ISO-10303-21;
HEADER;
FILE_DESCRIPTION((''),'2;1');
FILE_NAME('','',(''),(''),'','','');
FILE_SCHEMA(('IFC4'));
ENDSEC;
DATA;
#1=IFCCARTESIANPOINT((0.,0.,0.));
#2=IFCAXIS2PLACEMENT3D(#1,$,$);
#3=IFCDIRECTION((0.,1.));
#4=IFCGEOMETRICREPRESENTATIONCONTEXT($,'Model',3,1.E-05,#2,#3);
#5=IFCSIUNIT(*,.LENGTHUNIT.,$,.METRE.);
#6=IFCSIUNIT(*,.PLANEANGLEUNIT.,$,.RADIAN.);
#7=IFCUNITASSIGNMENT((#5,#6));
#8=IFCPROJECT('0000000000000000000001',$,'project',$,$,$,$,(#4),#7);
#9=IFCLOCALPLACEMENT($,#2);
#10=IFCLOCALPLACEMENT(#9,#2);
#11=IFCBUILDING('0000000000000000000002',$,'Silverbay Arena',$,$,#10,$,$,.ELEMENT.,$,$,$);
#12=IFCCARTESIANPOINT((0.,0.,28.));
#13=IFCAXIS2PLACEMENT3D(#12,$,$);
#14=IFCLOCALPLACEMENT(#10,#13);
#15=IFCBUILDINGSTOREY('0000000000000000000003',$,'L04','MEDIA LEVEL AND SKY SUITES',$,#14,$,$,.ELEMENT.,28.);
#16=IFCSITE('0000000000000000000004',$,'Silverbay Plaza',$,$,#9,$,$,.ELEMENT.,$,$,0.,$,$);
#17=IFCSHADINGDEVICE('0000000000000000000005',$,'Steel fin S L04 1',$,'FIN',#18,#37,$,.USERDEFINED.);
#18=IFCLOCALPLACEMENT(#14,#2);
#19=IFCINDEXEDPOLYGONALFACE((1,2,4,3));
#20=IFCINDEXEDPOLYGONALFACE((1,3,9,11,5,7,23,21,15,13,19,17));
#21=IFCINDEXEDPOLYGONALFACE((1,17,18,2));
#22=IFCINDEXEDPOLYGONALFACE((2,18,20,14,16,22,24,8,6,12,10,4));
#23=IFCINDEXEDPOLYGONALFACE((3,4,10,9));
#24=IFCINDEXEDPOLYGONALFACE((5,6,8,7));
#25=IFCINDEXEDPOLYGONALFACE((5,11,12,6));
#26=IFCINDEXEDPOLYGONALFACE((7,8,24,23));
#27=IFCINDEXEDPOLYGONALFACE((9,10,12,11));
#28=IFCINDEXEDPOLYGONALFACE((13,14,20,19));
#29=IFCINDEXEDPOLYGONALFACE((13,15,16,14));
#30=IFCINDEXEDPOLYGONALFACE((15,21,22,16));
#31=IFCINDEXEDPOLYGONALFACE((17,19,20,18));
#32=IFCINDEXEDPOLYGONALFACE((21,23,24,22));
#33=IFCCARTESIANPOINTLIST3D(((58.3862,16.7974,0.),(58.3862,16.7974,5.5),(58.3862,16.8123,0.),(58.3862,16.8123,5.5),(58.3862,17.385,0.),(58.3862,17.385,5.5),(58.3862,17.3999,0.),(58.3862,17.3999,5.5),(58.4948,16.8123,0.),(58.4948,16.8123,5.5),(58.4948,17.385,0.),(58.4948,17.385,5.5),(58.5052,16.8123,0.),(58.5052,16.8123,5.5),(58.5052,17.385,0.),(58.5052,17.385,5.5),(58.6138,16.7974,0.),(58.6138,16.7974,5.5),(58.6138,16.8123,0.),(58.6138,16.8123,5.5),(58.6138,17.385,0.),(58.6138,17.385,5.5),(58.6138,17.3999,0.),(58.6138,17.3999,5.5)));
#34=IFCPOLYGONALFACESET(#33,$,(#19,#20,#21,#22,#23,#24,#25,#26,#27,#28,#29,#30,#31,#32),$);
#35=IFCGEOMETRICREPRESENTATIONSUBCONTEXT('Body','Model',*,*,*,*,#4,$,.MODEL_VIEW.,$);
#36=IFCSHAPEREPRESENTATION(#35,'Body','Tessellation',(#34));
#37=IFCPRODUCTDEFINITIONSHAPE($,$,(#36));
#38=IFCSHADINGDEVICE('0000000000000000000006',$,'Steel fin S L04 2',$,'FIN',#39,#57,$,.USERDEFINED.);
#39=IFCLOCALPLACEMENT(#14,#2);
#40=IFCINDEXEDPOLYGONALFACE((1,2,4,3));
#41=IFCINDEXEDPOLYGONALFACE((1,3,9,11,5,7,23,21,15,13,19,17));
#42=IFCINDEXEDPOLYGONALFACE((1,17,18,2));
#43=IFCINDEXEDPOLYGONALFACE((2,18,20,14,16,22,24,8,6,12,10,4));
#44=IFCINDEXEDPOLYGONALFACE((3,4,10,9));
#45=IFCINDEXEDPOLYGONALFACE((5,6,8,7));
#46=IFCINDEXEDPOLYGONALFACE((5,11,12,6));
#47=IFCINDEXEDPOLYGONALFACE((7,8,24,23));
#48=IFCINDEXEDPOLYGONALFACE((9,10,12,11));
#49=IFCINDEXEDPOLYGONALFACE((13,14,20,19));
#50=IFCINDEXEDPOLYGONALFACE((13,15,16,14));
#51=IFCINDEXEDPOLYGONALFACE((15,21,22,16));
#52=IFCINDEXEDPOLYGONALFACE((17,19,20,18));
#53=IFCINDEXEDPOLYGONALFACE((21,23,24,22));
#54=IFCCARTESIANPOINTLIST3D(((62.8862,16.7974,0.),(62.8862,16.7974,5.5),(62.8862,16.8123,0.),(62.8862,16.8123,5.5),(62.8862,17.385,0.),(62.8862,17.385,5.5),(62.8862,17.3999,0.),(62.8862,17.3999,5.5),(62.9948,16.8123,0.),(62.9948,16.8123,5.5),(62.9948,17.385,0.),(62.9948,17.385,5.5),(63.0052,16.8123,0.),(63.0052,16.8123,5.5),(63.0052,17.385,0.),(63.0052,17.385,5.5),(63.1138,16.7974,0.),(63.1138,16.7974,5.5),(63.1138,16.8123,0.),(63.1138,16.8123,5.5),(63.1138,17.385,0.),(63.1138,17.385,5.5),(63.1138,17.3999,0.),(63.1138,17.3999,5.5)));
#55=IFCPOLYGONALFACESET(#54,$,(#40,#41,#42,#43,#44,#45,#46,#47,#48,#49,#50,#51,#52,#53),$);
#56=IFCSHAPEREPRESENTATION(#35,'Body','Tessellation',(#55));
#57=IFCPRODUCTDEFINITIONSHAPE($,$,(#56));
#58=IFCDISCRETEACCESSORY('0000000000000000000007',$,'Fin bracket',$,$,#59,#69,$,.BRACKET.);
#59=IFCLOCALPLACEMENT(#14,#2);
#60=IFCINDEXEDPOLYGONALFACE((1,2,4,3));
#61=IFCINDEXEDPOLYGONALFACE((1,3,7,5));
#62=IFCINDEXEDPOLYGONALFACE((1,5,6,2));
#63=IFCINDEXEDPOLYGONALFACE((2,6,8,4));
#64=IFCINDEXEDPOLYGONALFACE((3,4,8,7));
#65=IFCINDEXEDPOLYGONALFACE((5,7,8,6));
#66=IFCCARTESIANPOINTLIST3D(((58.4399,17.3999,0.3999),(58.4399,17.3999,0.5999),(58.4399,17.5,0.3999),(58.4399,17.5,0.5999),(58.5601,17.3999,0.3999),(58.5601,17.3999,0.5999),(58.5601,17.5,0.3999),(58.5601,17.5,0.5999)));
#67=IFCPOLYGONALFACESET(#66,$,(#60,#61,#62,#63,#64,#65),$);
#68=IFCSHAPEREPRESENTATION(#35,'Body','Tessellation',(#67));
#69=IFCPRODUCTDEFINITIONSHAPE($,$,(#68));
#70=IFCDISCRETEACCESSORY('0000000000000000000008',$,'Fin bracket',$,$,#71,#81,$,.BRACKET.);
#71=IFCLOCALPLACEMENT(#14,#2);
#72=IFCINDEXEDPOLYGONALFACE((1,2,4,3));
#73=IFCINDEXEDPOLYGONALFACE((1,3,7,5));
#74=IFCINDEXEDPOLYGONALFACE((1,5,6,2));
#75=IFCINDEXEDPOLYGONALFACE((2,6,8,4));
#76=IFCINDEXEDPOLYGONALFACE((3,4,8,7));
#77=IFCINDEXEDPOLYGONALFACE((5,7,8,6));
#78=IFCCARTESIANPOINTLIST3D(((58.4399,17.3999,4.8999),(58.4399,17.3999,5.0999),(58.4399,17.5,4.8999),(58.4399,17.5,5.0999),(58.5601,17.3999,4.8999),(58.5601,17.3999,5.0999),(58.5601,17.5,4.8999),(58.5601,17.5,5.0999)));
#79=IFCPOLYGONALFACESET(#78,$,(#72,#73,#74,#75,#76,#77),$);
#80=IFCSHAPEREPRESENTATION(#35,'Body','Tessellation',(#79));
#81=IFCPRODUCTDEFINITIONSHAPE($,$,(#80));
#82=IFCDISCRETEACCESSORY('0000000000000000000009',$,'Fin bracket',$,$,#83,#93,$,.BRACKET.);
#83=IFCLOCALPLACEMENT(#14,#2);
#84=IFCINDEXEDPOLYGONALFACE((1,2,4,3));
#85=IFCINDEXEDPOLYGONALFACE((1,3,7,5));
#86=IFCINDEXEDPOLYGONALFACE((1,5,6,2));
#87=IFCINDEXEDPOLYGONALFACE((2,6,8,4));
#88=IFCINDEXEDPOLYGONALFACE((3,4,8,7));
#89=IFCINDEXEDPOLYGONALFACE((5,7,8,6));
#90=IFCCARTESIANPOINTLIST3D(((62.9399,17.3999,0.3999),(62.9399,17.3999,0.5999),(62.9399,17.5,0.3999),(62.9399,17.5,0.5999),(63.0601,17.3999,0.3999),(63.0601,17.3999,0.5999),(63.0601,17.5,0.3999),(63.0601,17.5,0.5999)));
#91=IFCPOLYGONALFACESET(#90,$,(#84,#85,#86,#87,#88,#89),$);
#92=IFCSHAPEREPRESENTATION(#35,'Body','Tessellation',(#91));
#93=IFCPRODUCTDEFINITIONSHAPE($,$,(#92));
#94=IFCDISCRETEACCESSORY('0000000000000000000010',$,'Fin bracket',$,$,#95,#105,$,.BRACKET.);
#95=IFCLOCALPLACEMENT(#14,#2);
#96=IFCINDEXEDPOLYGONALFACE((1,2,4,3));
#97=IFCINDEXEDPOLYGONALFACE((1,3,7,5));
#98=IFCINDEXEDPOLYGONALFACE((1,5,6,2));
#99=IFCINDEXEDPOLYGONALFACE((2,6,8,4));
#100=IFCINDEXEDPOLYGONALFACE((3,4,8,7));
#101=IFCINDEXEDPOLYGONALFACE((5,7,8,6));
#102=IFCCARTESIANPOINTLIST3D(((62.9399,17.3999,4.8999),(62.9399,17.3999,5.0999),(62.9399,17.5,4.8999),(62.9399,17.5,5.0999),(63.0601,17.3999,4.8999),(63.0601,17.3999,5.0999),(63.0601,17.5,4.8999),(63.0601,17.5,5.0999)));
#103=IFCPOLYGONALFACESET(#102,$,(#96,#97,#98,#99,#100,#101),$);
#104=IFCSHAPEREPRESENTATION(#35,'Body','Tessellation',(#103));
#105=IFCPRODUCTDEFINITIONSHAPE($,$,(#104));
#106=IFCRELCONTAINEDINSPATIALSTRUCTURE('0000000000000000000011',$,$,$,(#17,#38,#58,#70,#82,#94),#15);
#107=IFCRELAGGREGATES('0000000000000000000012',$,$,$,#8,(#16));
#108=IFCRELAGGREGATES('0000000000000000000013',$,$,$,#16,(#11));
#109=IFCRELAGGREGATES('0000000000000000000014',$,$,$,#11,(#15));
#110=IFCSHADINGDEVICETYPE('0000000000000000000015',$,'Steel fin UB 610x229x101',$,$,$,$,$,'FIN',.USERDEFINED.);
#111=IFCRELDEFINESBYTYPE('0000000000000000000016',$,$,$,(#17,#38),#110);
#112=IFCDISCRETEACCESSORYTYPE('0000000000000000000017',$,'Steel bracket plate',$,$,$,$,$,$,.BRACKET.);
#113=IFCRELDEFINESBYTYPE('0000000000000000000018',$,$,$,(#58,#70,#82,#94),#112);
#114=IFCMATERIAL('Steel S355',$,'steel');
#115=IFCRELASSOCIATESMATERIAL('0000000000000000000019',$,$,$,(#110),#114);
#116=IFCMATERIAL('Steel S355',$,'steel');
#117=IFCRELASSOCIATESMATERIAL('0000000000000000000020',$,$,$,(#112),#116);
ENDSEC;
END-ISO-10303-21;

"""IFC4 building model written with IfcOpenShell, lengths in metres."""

from ifc_helpers import new_model, si_unit, direction, frame, origin, origin_2d, place, context, subcontext, project, spatial, rectangle, i_section, extrude, material, material_profile, profile_set, type_object, element, save


model = new_model("IFC4")

# Units and contexts
model_context = context("Model", 3, precision=1e-05, world=origin(), true_north=direction((0.0, 1.0)))
body_context = subcontext(model_context, "Body", "Model", "MODEL_VIEW")
ifc_project = project(units=[si_unit("LENGTHUNIT", "METRE"), si_unit("PLANEANGLEUNIT", "RADIAN")], contexts=[model_context])

# Site, building, storey
site_placement = place(None, origin())
site = spatial("IfcSite", under=ifc_project, at=site_placement, Name="Silverbay Plaza", CompositionType="ELEMENT", RefElevation=0.0)
building_placement = place(site_placement, origin())
building = spatial("IfcBuilding", under=site, at=building_placement, Name="Silverbay Arena", CompositionType="ELEMENT")
storey_placement = place(building_placement, frame((0.0, 0.0, 28.0)))
storey = spatial("IfcBuildingStorey", under=building, at=storey_placement, Name="L04", Description="MEDIA LEVEL AND SKY SUITES", CompositionType="ELEMENT", Elevation=28.0)

# Shading devices
ifc_material_1 = material(Name="Steel S355", Category="steel")
ifc_material_profile_1 = material_profile(ifc_material_1, i_section(OverallWidth=0.2275, OverallDepth=0.6025, WebThickness=0.0105, FlangeThickness=0.0149, at=origin_2d()), Name="UB 610x229x101")
ifc_profile_set_1 = profile_set([ifc_material_profile_1], Name="Steel S355")
shading_device_type = type_object("IfcShadingDeviceType", Name="Steel fin UB 610x229x101", ElementType="FIN", PredefinedType="USERDEFINED", material=ifc_profile_set_1)
for number, where, z_axis, x_axis, name in (
    (1, (58.5, 17.0986, 0.0), (0.0, 0.0, 1.0), (1.0, 0.0, 0.0), "Steel fin S L04 1"),
    (2, (63.0, 17.0986, 0.0), (0.0, 0.0, 1.0), (1.0, 0.0, 0.0), "Steel fin S L04 2"),
):
    element("IfcShadingDevice", number, at=place(storey_placement, frame(where, z_axis=z_axis, x_axis=x_axis)), inside=storey, type_object=shading_device_type, Name=name, ObjectType="FIN", PredefinedType="USERDEFINED", context=body_context, shape_type="SweptSolid", body=[
        extrude(i_section(OverallWidth=0.2275, OverallDepth=0.6025, WebThickness=0.0105, FlangeThickness=0.0149, at=origin_2d()), origin(), (0.0, 0.0, 1.0), 5.5),
    ])

# Discrete accessories
ifc_material_2 = material(Name="Steel S355", Category="steel")
discrete_accessory_type = type_object("IfcDiscreteAccessoryType", Name="Steel bracket plate", PredefinedType="BRACKET", material=ifc_material_2)
for number, where, z_axis, x_axis, name in (
    (3, (58.5, 17.45, 0.3999), (0.0, 0.0, 1.0), (1.0, 0.0, 0.0), "Fin bracket"),
    (4, (58.5, 17.45, 4.8999), (0.0, 0.0, 1.0), (1.0, 0.0, 0.0), "Fin bracket"),
    (5, (63.0, 17.45, 0.3999), (0.0, 0.0, 1.0), (1.0, 0.0, 0.0), "Fin bracket"),
    (6, (63.0, 17.45, 4.8999), (0.0, 0.0, 1.0), (1.0, 0.0, 0.0), "Fin bracket"),
):
    element("IfcDiscreteAccessory", number, at=place(storey_placement, frame(where, z_axis=z_axis, x_axis=x_axis)), inside=storey, type_object=discrete_accessory_type, Name=name, PredefinedType="BRACKET", context=body_context, shape_type="SweptSolid", body=[
        extrude(rectangle(XDim=0.1201, YDim=0.1001, at=origin_2d()), origin(), (0.0, 0.0, 1.0), 0.2),
    ])

save(model, "model.ifc")
